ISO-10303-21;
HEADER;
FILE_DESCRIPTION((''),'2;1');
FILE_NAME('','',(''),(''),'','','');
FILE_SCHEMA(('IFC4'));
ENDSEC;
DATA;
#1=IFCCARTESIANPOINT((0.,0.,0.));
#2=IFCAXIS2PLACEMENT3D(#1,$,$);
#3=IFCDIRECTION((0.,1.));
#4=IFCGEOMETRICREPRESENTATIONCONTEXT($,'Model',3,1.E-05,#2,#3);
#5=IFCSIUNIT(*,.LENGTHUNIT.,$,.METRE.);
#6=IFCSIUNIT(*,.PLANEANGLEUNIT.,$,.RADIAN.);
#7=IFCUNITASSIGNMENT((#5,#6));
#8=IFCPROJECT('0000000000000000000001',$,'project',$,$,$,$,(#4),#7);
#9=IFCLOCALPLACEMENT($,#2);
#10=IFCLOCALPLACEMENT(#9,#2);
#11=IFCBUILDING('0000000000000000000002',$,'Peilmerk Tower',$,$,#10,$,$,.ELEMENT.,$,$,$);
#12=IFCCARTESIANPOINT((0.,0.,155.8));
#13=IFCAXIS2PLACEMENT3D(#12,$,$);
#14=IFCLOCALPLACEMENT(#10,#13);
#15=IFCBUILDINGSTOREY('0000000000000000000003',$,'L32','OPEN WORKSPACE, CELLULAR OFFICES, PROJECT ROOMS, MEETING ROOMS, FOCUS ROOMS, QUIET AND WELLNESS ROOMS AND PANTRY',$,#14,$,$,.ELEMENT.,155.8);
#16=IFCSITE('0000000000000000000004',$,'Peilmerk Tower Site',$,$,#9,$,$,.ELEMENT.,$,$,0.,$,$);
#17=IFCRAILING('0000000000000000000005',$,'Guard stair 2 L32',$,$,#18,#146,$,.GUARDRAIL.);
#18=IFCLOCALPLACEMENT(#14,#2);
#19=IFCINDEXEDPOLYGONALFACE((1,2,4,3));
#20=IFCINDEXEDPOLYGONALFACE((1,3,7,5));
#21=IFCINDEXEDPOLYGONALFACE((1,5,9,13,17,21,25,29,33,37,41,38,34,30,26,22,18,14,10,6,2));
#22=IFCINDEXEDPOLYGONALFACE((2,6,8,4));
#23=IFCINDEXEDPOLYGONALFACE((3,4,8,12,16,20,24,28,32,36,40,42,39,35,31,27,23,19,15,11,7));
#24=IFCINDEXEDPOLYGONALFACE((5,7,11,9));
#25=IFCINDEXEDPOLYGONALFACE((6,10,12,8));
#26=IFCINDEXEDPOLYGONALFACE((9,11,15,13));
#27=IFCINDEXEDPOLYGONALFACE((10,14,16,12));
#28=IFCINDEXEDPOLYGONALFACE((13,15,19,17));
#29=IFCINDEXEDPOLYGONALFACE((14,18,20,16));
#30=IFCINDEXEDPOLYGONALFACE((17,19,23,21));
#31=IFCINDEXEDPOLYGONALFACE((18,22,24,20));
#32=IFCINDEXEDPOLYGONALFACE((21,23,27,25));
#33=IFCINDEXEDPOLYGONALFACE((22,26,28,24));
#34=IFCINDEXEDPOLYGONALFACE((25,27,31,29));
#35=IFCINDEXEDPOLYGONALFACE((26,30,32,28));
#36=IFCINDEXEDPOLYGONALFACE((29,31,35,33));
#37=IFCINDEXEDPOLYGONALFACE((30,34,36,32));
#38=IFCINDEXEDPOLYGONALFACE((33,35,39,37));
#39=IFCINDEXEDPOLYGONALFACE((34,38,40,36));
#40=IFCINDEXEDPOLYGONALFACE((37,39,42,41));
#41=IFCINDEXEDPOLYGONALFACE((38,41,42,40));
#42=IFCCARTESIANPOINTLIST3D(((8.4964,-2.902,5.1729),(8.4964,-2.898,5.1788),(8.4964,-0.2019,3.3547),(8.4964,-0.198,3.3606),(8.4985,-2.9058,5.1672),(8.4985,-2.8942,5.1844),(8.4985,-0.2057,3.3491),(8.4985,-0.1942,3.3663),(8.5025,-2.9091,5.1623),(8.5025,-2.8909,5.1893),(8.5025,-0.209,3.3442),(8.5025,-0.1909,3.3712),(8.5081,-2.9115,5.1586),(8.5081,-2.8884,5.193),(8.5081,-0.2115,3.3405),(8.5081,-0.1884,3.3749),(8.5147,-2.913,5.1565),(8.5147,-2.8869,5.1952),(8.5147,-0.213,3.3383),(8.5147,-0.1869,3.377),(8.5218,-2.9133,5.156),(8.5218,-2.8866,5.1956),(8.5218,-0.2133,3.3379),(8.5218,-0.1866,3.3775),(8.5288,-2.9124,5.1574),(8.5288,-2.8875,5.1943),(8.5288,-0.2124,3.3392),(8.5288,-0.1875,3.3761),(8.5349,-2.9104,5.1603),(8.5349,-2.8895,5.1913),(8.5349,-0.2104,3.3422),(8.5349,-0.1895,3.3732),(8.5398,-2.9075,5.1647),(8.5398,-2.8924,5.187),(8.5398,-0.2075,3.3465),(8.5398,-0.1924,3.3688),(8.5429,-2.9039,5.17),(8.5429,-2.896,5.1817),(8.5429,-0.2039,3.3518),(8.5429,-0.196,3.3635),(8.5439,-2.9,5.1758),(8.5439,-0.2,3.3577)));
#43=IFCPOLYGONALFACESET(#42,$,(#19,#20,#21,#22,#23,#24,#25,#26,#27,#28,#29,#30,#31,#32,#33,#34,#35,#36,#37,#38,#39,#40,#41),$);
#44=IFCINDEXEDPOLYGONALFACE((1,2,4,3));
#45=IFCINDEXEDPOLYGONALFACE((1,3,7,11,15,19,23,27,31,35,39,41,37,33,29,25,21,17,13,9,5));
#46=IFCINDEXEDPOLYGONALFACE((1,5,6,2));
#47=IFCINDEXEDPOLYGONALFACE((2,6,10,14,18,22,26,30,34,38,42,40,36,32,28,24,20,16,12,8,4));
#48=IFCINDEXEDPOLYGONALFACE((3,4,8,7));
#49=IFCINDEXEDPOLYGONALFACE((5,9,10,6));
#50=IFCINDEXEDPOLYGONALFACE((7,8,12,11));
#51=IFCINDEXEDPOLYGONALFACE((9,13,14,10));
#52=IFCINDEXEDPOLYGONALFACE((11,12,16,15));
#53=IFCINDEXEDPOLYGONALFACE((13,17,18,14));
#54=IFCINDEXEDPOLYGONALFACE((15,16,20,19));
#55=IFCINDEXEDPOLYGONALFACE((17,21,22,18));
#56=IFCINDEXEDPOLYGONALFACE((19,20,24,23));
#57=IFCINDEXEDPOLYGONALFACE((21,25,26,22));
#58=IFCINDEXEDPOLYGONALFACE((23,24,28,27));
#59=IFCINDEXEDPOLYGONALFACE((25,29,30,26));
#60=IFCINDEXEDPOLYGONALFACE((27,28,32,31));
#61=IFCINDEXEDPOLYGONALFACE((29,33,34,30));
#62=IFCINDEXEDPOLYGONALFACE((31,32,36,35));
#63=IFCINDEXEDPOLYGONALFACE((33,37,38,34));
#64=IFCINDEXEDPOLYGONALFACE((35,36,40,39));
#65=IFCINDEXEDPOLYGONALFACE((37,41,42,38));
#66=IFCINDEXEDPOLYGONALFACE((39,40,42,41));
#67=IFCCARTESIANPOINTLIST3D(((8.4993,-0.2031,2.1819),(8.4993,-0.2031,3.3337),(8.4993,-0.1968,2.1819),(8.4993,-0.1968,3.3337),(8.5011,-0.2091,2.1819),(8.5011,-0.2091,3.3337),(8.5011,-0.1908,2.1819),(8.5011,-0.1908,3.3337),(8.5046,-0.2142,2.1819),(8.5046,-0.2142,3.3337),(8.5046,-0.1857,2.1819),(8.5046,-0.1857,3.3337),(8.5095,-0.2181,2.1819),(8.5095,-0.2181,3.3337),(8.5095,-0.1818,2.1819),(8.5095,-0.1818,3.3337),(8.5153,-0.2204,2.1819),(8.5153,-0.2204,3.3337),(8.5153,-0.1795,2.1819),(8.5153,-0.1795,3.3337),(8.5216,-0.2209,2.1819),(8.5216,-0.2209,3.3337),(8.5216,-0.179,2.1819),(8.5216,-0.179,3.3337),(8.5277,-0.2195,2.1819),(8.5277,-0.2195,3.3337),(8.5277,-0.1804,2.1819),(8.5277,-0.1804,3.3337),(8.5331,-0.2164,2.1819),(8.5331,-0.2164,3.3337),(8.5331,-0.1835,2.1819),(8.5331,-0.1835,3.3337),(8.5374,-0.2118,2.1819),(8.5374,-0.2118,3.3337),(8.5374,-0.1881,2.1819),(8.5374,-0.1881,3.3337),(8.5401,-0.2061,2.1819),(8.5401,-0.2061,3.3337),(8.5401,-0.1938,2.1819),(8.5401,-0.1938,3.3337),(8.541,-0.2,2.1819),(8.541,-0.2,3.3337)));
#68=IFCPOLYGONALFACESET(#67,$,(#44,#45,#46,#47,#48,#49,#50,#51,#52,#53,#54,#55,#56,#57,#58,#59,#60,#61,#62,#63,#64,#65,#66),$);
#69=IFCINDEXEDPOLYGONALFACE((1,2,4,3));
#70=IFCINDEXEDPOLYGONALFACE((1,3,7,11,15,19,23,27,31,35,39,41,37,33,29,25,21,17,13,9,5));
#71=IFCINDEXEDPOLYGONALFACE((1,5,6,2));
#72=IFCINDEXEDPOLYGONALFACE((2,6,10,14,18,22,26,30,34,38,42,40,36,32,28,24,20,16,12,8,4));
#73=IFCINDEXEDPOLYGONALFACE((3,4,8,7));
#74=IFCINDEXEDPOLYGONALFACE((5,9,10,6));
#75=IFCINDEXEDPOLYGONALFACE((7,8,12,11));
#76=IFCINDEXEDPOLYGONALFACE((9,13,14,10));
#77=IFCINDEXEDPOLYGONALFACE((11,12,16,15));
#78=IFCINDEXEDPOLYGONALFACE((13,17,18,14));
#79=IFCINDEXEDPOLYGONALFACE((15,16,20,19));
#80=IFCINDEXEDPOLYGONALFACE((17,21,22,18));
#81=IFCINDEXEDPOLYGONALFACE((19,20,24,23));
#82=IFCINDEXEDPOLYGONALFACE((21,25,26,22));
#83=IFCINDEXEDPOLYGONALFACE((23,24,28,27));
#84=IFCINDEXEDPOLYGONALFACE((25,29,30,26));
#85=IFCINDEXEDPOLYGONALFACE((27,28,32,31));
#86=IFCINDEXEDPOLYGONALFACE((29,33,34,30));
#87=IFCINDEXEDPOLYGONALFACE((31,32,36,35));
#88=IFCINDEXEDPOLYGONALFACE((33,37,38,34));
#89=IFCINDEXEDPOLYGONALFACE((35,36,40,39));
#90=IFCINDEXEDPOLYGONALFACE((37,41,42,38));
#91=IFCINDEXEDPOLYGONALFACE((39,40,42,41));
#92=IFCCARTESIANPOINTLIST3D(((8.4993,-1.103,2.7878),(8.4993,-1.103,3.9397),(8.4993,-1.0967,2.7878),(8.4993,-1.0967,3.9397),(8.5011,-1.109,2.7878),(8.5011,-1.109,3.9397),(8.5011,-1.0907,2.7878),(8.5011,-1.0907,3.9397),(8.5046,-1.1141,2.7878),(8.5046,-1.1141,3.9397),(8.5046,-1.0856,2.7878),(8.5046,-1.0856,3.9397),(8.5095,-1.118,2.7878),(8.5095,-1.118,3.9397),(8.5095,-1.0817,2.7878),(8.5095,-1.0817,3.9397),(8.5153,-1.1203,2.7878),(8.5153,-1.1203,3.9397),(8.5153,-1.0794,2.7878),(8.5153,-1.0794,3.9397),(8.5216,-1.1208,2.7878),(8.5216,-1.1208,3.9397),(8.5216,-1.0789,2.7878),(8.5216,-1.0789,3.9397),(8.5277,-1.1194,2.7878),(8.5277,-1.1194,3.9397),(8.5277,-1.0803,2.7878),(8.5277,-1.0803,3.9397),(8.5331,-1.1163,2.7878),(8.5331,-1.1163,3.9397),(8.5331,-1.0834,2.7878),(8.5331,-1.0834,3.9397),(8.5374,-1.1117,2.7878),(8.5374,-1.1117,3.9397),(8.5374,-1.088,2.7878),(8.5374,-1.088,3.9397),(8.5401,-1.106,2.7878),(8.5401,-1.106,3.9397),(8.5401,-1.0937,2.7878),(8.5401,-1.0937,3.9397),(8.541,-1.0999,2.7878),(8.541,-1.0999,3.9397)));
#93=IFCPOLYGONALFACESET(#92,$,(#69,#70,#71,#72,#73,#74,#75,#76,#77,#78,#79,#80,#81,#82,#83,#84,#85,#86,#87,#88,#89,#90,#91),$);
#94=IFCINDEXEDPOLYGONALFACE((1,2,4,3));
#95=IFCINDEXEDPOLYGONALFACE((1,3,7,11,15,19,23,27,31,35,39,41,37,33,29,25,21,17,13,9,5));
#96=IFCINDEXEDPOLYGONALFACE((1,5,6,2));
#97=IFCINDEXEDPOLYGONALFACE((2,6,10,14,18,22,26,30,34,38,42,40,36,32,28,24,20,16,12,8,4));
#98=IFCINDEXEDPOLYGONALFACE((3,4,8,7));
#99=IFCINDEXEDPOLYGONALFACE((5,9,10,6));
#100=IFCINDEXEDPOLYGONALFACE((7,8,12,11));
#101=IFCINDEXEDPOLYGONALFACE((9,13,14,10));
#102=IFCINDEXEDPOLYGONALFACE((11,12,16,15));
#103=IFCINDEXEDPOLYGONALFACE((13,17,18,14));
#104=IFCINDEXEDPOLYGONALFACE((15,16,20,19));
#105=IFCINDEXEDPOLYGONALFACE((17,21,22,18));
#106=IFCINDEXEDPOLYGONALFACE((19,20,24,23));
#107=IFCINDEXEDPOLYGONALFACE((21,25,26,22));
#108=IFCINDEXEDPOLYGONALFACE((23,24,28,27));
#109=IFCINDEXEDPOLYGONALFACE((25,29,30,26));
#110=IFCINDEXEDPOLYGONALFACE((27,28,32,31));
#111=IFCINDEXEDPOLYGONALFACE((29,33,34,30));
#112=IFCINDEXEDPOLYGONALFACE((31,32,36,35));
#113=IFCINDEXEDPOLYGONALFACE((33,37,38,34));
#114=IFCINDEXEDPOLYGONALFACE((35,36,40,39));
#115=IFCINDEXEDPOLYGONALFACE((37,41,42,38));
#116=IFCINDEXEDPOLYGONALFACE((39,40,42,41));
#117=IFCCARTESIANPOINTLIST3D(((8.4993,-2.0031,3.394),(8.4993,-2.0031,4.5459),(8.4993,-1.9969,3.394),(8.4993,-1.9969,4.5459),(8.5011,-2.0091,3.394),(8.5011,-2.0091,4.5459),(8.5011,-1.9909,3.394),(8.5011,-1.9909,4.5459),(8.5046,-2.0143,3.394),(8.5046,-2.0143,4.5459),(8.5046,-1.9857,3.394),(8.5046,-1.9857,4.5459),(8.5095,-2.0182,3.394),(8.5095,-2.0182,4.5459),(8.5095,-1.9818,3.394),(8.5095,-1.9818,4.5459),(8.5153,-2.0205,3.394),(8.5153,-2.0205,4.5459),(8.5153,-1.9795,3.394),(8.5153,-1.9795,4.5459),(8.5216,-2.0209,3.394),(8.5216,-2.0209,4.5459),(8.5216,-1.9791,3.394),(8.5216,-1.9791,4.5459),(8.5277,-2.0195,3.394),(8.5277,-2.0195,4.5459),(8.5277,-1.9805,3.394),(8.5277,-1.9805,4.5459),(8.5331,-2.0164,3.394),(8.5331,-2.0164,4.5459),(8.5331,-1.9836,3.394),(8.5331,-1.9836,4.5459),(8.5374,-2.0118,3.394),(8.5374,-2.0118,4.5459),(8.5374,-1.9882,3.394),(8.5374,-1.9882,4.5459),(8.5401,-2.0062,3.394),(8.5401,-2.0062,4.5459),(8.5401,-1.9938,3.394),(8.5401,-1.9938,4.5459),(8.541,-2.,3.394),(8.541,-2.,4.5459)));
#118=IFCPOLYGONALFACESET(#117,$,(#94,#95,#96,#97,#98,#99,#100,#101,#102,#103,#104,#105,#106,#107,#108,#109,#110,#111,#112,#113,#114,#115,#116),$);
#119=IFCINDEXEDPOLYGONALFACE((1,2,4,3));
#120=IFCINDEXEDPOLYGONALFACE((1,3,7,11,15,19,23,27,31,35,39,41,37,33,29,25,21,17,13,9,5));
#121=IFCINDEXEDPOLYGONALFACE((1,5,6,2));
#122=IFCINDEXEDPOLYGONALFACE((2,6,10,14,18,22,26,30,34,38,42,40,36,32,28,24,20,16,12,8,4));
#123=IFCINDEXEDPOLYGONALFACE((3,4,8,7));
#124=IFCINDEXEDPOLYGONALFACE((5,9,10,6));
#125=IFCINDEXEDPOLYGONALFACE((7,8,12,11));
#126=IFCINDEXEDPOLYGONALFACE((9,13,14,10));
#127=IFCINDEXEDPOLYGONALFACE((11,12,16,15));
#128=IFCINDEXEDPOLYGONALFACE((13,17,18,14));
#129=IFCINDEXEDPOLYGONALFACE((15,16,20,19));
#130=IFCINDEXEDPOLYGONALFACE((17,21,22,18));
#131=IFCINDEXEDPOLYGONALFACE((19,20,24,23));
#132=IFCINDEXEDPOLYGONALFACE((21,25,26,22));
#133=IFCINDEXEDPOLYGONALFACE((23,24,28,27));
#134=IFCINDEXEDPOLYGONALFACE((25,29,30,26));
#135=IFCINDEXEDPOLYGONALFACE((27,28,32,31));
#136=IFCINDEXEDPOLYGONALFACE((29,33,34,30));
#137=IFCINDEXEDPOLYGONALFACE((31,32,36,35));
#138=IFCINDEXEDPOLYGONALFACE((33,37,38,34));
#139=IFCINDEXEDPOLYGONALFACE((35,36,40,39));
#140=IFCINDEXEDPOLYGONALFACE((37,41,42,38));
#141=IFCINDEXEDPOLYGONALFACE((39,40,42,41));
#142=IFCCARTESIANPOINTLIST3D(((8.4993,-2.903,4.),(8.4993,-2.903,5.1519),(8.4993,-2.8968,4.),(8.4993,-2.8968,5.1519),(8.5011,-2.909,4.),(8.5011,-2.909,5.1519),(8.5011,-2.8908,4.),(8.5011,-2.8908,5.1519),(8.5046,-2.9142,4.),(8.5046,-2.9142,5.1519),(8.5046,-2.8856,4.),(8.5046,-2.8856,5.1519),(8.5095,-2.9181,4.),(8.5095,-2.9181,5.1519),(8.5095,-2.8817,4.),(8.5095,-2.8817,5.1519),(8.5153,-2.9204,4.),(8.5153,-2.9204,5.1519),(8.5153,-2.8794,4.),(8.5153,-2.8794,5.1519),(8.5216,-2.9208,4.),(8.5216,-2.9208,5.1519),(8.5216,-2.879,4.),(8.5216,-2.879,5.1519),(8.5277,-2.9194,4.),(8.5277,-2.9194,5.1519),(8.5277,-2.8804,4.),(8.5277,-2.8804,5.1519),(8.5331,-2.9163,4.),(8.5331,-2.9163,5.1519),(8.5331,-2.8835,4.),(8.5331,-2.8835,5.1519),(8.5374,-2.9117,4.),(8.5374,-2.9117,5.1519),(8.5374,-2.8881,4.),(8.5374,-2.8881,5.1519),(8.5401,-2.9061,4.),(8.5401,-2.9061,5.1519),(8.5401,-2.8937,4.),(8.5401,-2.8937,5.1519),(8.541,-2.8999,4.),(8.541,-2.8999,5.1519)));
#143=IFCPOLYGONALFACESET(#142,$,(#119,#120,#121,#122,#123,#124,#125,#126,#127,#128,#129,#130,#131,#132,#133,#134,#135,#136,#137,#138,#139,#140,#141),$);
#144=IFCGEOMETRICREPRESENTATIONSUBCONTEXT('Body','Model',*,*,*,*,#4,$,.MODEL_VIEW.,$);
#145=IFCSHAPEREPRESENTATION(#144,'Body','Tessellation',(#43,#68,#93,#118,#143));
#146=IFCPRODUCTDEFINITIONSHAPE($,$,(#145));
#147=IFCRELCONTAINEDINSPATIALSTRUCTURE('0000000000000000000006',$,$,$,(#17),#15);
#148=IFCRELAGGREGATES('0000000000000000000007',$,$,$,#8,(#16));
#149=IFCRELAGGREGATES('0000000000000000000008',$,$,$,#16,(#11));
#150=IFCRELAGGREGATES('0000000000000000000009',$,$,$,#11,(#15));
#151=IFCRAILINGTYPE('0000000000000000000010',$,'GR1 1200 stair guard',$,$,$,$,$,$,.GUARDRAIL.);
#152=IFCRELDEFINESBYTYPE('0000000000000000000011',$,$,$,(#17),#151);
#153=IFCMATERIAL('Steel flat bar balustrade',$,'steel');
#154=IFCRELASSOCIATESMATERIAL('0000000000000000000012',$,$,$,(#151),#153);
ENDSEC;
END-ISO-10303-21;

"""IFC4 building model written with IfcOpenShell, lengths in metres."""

from ifc_helpers import new_model, si_unit, direction, frame, origin, origin_2d, place, context, subcontext, project, spatial, circle, extrude, material, type_object, element, save


model = new_model("IFC4")

# Units and contexts
model_context = context("Model", 3, precision=1e-05, world=origin(), true_north=direction((0.0, 1.0)))
body_context = subcontext(model_context, "Body", "Model", "MODEL_VIEW")
ifc_project = project(units=[si_unit("LENGTHUNIT", "METRE"), si_unit("PLANEANGLEUNIT", "RADIAN")], contexts=[model_context])

# Site, building, storey
site_placement = place(None, origin())
site = spatial("IfcSite", under=ifc_project, at=site_placement, Name="Peilmerk Tower Site", CompositionType="ELEMENT", RefElevation=0.0)
building_placement = place(site_placement, origin())
building = spatial("IfcBuilding", under=site, at=building_placement, Name="Peilmerk Tower", CompositionType="ELEMENT")
storey_placement = place(building_placement, frame((0.0, 0.0, 155.8)))
storey = spatial("IfcBuildingStorey", under=building, at=storey_placement, Name="L32", Description="OPEN WORKSPACE, CELLULAR OFFICES, PROJECT ROOMS, MEETING ROOMS, FOCUS ROOMS, QUIET AND WELLNESS ROOMS AND PANTRY", CompositionType="ELEMENT", Elevation=155.8)

# Railing
ifc_material_1 = material(Name="Steel flat bar balustrade", Category="steel")
railing_type_1 = type_object("IfcRailingType", Name="GR1 1200 stair guard", PredefinedType="GUARDRAIL", material=ifc_material_1)
railing_1_placement = place(storey_placement, frame((8.52, -0.2, 2.1819)))
element("IfcRailing", 1, at=railing_1_placement, inside=storey, type_object=railing_type_1, Name="Guard stair 2 L32", PredefinedType="GUARDRAIL", context=body_context, shape_type="SweptSolid", body=[
    extrude(circle(Radius=0.0239, at=origin_2d()), frame((0.0, 0.0, 1.1758), z_axis=(0.0, -0.829468, 0.558554), x_axis=(1.0, 0.0, 0.0)), (0.0, 0.0, 1.0), 3.2551),
    extrude(circle(Radius=0.021, at=origin_2d()), origin(), (0.0, 0.0, 1.0), 1.1519),
    extrude(circle(Radius=0.021, at=origin_2d()), frame((0.0, -0.8999, 0.606)), (0.0, 0.0, 1.0), 1.1519),
    extrude(circle(Radius=0.021, at=origin_2d()), frame((0.0, -1.8, 1.2122)), (0.0, 0.0, 1.0), 1.1519),
    extrude(circle(Radius=0.021, at=origin_2d()), frame((0.0, -2.7, 1.8181)), (0.0, 0.0, 1.0), 1.1519),
])

save(model, "model.ifc")
